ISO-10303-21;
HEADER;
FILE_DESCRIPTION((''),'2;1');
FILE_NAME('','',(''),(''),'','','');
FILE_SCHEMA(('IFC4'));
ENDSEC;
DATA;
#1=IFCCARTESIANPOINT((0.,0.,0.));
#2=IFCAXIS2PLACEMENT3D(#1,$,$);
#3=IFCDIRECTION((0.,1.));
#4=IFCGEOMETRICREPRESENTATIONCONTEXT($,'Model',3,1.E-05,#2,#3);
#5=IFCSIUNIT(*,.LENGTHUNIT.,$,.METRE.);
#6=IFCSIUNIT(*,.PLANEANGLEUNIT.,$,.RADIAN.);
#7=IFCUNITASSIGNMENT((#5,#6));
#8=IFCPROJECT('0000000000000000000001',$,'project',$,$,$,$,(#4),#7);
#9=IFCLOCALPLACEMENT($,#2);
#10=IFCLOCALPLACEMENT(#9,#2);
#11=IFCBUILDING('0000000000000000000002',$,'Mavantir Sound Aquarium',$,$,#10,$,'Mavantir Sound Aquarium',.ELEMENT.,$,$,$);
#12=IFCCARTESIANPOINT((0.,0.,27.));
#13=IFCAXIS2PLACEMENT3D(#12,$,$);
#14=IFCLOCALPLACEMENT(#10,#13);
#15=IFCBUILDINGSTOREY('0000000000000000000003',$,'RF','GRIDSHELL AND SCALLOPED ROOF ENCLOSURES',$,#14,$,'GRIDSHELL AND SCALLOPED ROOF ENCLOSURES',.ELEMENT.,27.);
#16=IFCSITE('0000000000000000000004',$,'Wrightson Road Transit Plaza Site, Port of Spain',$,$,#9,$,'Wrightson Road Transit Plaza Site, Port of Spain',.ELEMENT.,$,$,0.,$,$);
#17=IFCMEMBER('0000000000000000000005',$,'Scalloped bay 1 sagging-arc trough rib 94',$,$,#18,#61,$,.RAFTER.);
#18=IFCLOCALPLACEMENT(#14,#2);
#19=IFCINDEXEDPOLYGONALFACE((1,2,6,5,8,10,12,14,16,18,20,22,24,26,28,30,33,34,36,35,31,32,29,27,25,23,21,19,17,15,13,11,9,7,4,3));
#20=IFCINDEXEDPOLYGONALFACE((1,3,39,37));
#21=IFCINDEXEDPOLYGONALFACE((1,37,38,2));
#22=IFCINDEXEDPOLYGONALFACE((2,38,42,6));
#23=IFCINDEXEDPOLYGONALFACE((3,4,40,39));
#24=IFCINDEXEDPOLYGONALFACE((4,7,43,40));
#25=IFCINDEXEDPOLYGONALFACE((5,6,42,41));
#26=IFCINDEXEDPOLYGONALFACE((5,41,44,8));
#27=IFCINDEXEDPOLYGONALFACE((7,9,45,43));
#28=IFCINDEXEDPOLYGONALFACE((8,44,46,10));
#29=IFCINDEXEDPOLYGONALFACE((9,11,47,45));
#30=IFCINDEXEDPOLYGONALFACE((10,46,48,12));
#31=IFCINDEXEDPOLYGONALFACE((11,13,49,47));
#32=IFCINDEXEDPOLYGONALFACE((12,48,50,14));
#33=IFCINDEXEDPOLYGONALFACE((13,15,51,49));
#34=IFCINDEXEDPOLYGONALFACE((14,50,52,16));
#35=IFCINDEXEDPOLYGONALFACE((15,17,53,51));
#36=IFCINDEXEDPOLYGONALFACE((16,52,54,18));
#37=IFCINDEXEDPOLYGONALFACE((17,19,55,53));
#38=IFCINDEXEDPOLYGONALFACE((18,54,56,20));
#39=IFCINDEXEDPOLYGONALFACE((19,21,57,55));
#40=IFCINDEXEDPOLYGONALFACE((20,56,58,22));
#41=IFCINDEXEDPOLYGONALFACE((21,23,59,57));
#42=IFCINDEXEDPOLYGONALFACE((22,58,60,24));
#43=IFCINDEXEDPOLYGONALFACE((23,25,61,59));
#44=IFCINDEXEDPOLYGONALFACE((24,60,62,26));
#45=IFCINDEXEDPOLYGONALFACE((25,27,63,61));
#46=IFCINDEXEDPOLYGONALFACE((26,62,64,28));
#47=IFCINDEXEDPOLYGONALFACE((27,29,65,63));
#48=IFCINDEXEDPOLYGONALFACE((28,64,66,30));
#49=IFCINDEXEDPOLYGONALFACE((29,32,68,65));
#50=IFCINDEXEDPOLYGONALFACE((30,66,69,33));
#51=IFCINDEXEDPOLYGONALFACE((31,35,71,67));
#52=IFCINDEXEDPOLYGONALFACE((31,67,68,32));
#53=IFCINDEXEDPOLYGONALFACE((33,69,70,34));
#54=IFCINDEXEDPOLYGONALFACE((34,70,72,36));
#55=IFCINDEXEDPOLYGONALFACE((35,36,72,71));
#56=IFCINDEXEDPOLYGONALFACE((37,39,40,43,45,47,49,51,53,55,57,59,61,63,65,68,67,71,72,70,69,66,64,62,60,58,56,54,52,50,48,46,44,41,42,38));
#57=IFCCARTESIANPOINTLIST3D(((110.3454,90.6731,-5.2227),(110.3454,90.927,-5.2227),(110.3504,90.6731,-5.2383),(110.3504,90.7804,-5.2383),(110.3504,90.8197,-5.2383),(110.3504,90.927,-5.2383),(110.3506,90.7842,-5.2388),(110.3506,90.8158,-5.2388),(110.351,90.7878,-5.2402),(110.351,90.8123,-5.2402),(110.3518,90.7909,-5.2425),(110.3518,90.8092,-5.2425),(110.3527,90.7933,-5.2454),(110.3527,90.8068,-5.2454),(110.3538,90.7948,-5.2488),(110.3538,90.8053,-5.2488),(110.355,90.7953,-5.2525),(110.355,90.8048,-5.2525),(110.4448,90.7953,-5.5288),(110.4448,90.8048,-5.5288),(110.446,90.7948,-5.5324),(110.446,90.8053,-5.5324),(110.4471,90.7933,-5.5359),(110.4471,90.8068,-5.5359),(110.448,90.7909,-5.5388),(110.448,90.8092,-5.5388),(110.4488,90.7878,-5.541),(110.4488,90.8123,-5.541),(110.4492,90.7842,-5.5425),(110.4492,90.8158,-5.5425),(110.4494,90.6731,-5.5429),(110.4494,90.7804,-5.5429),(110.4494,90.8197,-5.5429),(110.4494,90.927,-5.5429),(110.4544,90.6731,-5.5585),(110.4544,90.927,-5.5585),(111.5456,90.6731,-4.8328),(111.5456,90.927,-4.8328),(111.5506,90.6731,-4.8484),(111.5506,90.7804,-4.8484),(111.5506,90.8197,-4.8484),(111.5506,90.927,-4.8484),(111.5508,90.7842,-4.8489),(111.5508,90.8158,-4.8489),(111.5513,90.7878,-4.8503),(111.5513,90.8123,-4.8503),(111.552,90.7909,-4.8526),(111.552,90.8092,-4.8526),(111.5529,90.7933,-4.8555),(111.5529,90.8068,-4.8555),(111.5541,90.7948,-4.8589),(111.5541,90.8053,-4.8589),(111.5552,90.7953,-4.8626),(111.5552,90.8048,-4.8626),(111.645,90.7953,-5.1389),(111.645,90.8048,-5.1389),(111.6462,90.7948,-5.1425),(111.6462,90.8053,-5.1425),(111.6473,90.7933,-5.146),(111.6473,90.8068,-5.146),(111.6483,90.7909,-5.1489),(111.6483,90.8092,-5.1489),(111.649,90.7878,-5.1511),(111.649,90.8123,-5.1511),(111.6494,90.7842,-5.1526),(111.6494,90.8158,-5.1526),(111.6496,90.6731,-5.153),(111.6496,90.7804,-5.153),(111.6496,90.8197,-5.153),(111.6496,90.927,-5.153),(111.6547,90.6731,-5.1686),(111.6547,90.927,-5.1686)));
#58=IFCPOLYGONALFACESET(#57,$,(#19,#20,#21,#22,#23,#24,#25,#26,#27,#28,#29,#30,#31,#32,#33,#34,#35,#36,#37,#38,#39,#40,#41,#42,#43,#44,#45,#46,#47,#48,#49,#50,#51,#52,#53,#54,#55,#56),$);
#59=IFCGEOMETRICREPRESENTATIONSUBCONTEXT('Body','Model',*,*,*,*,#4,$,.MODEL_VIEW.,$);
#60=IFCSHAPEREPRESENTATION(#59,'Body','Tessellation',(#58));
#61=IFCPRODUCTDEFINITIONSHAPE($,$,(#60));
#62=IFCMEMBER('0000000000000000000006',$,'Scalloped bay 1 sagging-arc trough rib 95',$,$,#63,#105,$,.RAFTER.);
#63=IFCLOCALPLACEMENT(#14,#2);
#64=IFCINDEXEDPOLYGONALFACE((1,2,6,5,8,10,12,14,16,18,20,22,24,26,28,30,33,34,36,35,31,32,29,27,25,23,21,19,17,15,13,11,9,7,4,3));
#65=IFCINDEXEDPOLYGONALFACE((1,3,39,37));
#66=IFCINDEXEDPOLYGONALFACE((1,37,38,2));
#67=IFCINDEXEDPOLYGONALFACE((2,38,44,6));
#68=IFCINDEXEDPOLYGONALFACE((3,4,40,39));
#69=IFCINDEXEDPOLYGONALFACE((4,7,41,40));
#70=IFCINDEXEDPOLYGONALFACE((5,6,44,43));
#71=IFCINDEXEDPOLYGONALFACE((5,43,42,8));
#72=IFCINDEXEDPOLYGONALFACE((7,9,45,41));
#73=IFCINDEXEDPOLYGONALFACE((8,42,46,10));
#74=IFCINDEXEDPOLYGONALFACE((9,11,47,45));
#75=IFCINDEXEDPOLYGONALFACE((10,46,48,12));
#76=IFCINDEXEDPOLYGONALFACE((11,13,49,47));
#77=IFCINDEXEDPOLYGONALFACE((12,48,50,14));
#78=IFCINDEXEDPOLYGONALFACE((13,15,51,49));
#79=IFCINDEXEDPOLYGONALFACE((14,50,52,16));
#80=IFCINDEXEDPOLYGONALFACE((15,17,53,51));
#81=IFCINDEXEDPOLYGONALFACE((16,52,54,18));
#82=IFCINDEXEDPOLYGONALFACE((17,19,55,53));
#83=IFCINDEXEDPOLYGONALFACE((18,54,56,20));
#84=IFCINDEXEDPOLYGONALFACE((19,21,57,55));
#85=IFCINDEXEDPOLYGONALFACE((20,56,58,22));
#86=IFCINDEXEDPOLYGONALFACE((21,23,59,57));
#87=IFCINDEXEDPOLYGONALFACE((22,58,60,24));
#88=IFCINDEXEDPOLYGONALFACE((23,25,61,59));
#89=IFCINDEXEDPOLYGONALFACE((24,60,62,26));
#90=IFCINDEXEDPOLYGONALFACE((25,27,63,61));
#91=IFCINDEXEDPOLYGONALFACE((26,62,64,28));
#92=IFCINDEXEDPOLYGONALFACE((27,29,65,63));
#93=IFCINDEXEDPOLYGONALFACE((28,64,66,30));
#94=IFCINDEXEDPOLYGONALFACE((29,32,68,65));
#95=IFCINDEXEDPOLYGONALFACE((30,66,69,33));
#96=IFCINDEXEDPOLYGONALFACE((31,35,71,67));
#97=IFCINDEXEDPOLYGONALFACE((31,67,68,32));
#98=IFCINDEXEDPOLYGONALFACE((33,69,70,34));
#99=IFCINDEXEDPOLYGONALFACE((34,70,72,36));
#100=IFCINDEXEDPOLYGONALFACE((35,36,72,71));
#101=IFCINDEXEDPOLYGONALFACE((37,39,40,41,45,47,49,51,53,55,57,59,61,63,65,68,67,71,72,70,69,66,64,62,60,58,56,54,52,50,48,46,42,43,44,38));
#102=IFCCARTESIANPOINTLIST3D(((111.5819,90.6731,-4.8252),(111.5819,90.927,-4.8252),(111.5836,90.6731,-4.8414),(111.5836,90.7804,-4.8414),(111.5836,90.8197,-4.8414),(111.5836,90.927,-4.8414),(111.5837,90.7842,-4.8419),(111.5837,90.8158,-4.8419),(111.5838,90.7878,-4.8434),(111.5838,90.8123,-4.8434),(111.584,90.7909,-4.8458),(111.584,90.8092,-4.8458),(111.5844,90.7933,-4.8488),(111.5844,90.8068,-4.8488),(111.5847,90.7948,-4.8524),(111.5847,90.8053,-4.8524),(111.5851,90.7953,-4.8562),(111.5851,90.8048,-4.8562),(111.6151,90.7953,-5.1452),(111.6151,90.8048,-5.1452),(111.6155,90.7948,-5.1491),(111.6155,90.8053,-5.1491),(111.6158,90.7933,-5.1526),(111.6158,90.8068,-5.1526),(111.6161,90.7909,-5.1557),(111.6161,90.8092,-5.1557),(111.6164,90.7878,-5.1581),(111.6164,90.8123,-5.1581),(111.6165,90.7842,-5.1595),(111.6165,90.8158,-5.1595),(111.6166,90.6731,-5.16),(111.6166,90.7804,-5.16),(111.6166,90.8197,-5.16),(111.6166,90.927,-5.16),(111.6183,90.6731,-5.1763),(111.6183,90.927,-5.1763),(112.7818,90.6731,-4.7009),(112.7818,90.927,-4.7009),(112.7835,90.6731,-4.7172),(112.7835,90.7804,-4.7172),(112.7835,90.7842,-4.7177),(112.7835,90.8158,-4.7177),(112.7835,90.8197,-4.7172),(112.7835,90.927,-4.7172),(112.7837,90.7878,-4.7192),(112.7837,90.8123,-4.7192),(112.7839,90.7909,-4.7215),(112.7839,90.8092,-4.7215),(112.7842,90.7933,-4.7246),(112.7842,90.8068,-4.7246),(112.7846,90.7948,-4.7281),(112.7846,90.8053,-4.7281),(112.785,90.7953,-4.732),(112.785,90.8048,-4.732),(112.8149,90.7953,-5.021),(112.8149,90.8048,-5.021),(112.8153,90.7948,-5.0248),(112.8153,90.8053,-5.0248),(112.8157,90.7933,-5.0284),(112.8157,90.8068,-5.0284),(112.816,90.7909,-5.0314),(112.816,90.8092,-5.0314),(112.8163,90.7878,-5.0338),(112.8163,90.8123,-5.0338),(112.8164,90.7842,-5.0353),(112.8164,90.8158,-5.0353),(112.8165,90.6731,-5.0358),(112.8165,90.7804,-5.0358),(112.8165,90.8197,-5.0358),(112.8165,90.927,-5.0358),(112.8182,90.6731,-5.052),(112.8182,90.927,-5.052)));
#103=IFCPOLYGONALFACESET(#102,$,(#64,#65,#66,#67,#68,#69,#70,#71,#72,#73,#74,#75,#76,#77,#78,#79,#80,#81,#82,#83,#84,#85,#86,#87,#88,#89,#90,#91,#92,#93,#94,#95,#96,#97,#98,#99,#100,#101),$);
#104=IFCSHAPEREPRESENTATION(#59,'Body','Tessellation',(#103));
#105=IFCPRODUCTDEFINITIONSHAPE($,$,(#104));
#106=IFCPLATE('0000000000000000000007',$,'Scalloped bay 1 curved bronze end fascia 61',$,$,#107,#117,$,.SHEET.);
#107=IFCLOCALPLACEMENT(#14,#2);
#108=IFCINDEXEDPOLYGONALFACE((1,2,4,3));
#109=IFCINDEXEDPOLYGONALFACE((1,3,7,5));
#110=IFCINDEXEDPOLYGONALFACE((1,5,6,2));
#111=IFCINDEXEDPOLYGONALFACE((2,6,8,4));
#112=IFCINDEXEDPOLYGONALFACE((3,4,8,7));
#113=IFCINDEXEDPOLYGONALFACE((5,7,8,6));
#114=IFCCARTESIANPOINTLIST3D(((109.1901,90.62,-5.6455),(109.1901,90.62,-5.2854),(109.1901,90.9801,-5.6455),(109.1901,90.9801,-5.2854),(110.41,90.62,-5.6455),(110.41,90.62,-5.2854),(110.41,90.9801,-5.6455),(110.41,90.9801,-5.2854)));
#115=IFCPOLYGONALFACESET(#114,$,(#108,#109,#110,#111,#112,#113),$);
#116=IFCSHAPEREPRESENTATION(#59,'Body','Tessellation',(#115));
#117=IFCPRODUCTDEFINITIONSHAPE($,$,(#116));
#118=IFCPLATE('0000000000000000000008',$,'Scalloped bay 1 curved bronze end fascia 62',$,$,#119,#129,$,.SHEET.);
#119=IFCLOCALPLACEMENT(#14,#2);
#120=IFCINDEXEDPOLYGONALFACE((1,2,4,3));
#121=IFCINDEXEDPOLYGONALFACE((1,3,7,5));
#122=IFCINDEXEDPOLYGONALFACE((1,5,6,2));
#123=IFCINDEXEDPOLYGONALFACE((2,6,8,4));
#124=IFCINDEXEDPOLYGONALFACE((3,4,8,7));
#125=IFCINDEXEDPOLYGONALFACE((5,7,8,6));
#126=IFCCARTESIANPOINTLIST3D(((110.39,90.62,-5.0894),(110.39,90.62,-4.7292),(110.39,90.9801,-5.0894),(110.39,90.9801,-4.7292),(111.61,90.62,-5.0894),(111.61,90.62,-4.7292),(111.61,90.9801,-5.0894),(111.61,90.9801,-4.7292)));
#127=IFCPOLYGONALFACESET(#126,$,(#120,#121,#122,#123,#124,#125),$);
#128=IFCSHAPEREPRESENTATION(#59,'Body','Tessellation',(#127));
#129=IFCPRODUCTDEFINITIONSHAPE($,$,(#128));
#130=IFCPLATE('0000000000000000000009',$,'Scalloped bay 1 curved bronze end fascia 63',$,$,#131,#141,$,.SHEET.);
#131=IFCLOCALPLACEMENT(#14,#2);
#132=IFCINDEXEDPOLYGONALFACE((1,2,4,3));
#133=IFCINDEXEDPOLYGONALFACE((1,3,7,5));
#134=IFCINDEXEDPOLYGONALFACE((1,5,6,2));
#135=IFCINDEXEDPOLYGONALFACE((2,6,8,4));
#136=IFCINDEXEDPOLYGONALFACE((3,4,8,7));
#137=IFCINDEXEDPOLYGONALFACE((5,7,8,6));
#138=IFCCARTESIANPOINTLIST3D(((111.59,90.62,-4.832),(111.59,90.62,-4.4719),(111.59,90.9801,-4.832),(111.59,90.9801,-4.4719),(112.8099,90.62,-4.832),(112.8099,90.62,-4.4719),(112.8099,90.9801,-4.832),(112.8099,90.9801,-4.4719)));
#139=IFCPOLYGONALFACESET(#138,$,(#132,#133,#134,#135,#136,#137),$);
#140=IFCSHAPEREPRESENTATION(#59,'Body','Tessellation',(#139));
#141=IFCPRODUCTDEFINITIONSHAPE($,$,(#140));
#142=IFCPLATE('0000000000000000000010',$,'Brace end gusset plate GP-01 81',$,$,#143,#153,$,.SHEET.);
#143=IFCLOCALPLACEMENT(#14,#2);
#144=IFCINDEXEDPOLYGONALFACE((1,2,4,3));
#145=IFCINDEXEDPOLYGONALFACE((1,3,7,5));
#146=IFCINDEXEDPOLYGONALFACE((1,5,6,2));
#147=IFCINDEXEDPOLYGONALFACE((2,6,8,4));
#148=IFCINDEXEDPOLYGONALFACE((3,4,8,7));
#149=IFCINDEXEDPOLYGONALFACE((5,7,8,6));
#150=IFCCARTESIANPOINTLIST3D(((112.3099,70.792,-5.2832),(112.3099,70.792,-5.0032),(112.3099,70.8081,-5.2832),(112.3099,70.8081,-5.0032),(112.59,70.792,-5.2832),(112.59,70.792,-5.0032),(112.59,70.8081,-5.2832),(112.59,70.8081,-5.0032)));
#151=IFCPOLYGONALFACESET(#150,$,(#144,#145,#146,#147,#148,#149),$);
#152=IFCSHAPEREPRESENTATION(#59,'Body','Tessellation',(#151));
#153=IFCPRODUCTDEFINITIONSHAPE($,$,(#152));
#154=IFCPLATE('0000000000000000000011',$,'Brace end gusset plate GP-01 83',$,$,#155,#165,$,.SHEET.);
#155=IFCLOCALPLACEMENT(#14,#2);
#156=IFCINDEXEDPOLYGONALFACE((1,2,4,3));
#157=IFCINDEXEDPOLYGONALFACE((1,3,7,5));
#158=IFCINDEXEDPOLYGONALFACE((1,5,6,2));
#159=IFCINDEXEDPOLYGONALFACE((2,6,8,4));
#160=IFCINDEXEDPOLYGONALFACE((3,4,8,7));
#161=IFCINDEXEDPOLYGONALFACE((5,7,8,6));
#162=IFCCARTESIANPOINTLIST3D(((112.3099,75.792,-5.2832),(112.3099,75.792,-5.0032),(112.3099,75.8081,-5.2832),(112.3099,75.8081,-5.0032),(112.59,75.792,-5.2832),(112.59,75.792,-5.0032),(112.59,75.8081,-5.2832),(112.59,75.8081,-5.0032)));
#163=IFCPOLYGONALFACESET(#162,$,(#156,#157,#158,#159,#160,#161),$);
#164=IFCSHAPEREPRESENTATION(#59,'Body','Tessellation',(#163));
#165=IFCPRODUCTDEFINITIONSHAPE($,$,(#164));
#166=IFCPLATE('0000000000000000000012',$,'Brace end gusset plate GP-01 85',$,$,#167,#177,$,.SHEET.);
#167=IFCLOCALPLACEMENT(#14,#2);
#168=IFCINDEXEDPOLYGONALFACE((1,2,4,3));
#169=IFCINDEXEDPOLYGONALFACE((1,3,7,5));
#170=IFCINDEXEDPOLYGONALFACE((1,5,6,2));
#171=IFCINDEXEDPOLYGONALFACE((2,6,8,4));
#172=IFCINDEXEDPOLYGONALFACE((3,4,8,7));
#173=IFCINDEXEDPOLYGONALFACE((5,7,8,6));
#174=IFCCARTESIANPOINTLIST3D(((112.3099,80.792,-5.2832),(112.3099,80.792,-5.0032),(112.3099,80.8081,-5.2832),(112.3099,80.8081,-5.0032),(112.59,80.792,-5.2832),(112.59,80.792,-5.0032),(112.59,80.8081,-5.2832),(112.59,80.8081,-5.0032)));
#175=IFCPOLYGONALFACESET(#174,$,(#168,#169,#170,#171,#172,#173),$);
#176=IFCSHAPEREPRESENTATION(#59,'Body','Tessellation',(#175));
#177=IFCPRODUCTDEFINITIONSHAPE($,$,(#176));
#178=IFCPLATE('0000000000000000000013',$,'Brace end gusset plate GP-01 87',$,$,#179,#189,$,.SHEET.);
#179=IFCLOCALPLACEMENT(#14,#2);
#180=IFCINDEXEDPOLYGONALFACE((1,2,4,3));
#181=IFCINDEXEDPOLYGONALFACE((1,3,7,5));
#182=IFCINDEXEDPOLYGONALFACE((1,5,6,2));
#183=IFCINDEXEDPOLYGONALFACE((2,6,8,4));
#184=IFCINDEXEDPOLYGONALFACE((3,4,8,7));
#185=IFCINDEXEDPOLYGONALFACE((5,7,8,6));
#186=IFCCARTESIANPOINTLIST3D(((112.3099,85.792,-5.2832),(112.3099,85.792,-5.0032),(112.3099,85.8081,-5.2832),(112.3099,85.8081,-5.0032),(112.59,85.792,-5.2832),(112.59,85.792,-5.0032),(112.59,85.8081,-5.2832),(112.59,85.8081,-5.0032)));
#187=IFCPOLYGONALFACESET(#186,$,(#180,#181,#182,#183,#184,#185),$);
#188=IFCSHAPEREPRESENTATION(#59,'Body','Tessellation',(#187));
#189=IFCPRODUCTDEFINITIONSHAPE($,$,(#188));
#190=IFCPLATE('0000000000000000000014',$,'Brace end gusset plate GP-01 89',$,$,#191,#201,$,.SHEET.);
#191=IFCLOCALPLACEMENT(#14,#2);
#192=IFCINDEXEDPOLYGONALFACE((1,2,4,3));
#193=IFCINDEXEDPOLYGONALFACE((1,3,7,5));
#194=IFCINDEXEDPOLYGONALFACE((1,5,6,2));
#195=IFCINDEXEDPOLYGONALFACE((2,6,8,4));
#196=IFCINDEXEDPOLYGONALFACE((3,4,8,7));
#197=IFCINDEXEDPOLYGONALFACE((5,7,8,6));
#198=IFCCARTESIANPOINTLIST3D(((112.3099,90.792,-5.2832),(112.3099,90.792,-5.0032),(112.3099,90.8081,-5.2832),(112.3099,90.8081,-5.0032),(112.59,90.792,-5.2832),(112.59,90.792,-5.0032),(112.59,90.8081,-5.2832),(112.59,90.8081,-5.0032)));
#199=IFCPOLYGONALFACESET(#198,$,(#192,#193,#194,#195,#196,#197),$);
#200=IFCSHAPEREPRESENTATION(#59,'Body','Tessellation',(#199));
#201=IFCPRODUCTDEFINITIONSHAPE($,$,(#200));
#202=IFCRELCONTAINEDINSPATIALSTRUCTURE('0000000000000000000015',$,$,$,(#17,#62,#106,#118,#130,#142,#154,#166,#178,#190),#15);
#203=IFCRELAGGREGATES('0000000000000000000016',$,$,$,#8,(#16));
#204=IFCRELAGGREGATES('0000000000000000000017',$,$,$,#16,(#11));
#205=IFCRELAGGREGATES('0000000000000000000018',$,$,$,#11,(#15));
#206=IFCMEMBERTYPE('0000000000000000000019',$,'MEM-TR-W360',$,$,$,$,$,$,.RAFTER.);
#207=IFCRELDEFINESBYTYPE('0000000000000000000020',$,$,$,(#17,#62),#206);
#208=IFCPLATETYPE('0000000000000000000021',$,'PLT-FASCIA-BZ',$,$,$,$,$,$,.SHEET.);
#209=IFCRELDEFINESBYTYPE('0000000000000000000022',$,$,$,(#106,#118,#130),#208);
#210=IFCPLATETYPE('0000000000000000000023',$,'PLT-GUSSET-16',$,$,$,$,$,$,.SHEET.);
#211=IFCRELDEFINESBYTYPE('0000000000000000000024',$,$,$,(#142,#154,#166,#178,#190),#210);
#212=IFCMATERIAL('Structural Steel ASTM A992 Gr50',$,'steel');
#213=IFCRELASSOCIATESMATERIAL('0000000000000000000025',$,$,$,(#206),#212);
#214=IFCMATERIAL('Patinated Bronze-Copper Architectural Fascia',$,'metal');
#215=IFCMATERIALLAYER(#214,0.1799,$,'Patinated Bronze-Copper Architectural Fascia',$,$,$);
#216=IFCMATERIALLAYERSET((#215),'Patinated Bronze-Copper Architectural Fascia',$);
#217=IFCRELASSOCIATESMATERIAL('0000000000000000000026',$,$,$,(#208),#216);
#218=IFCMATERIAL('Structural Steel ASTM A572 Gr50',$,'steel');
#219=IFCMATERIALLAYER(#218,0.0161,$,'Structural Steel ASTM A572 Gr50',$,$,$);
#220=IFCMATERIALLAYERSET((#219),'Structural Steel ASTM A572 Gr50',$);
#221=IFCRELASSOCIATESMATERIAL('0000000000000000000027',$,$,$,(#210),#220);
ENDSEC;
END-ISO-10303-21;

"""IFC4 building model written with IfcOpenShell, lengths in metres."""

from ifc_helpers import new_model, si_unit, direction, frame, origin, origin_2d, place, context, subcontext, project, spatial, rectangle, i_section, extrude, material, layer, layer_set, material_profile, profile_set, type_object, element, save


model = new_model("IFC4")

# Units and contexts
model_context = context("Model", 3, precision=1e-05, world=origin(), true_north=direction((0.0, 1.0)))
body_context = subcontext(model_context, "Body", "Model", "MODEL_VIEW")
ifc_project = project(units=[si_unit("LENGTHUNIT", "METRE"), si_unit("PLANEANGLEUNIT", "RADIAN")], contexts=[model_context])

# Site, building, storey
site_placement = place(None, origin())
site = spatial("IfcSite", under=ifc_project, at=site_placement, Name="Wrightson Road Transit Plaza Site, Port of Spain", LongName="Wrightson Road Transit Plaza Site, Port of Spain", CompositionType="ELEMENT", RefElevation=0.0)
building_placement = place(site_placement, origin())
building = spatial("IfcBuilding", under=site, at=building_placement, Name="Mavantir Sound Aquarium", LongName="Mavantir Sound Aquarium", CompositionType="ELEMENT")
storey_placement = place(building_placement, frame((0.0, 0.0, 27.0)))
storey = spatial("IfcBuildingStorey", under=building, at=storey_placement, Name="RF", Description="GRIDSHELL AND SCALLOPED ROOF ENCLOSURES", LongName="GRIDSHELL AND SCALLOPED ROOF ENCLOSURES", CompositionType="ELEMENT", Elevation=27.0)

# Members
ifc_material_1 = material(Name="Structural Steel ASTM A992 Gr50", Category="steel")
ifc_material_profile_1 = material_profile(ifc_material_1, i_section(OverallWidth=0.2539, OverallDepth=0.353, WebThickness=0.0095, FlangeThickness=0.0164, FilletRadius=0.0149, at=origin_2d()), Name="W360X91")
ifc_profile_set_1 = profile_set([ifc_material_profile_1], Name="Structural Steel ASTM A992 Gr50")
member_type_1 = type_object("IfcMemberType", Name="MEM-TR-W360", PredefinedType="RAFTER", material=ifc_profile_set_1)
member_1_placement = place(storey_placement, frame((110.3999, 90.8, -5.3906), z_axis=(0.951074, 0.0, 0.308964), x_axis=(0.0, 1.0, 0.0)))
element("IfcMember", 1, at=member_1_placement, inside=storey, type_object=member_type_1, Name="Scalloped bay 1 sagging-arc trough rib 94", PredefinedType="RAFTER", context=body_context, shape_type="SweptSolid", body=[
    extrude(i_section(OverallWidth=0.2539, OverallDepth=0.353, WebThickness=0.0095, FlangeThickness=0.0164, FilletRadius=0.0149, at=origin_2d()), origin(), (0.0, 0.0, 1.0), 1.262),
])
member_2_placement = place(storey_placement, frame((111.6001, 90.8, -5.0007), z_axis=(0.99468, 0.0, 0.10301), x_axis=(0.0, 1.0, 0.0)))
element("IfcMember", 2, at=member_2_placement, inside=storey, type_object=member_type_1, Name="Scalloped bay 1 sagging-arc trough rib 95", PredefinedType="RAFTER", context=body_context, shape_type="SweptSolid", body=[
    extrude(i_section(OverallWidth=0.2539, OverallDepth=0.353, WebThickness=0.0095, FlangeThickness=0.0164, FilletRadius=0.0149, at=origin_2d()), origin(), (0.0, 0.0, 1.0), 1.2063),
])

# Plates
ifc_material_2 = material(Name="Patinated Bronze-Copper Architectural Fascia", Category="metal")
ifc_layer_1 = layer(ifc_material_2, 0.1799, Name="Patinated Bronze-Copper Architectural Fascia")
ifc_layer_set_1 = layer_set([ifc_layer_1], Name="Patinated Bronze-Copper Architectural Fascia")
plate_type_1 = type_object("IfcPlateType", Name="PLT-FASCIA-BZ", PredefinedType="SHEET", material=ifc_layer_set_1)
for number, where, z_axis, x_axis, name in (
    (3, (109.8, 90.8, -5.6455), (0.0, 0.0, 1.0), (1.0, 0.0, 0.0), "Scalloped bay 1 curved bronze end fascia 61"),
    (4, (111.0, 90.8, -5.0894), (0.0, 0.0, 1.0), (1.0, 0.0, 0.0), "Scalloped bay 1 curved bronze end fascia 62"),
    (5, (112.2, 90.8, -4.832), (0.0, 0.0, 1.0), (1.0, 0.0, 0.0), "Scalloped bay 1 curved bronze end fascia 63"),
):
    element("IfcPlate", number, at=place(storey_placement, frame(where, z_axis=z_axis, x_axis=x_axis)), inside=storey, type_object=plate_type_1, Name=name, PredefinedType="SHEET", context=body_context, shape_type="SweptSolid", body=[
        extrude(rectangle(XDim=1.22, YDim=0.3601, at=origin_2d()), origin(), (0.0, 0.0, 1.0), 0.3601),
    ])
ifc_material_3 = material(Name="Structural Steel ASTM A572 Gr50", Category="steel")
ifc_layer_2 = layer(ifc_material_3, 0.0161, Name="Structural Steel ASTM A572 Gr50")
ifc_layer_set_2 = layer_set([ifc_layer_2], Name="Structural Steel ASTM A572 Gr50")
plate_type_2 = type_object("IfcPlateType", Name="PLT-GUSSET-16", PredefinedType="SHEET", material=ifc_layer_set_2)
for number, where, z_axis, x_axis, name in (
    (6, (112.45, 70.8, -5.2832), (0.0, 0.0, 1.0), (1.0, 0.0, 0.0), "Brace end gusset plate GP-01 81"),
    (7, (112.45, 75.8, -5.2832), (0.0, 0.0, 1.0), (1.0, 0.0, 0.0), "Brace end gusset plate GP-01 83"),
    (8, (112.45, 80.8, -5.2832), (0.0, 0.0, 1.0), (1.0, 0.0, 0.0), "Brace end gusset plate GP-01 85"),
    (9, (112.45, 85.8, -5.2832), (0.0, 0.0, 1.0), (1.0, 0.0, 0.0), "Brace end gusset plate GP-01 87"),
    (10, (112.45, 90.8, -5.2832), (0.0, 0.0, 1.0), (1.0, 0.0, 0.0), "Brace end gusset plate GP-01 89"),
):
    element("IfcPlate", number, at=place(storey_placement, frame(where, z_axis=z_axis, x_axis=x_axis)), inside=storey, type_object=plate_type_2, Name=name, PredefinedType="SHEET", context=body_context, shape_type="SweptSolid", body=[
        extrude(rectangle(XDim=0.28, YDim=0.0161, at=origin_2d()), origin(), (0.0, 0.0, 1.0), 0.28),
    ])

save(model, "model.ifc")
